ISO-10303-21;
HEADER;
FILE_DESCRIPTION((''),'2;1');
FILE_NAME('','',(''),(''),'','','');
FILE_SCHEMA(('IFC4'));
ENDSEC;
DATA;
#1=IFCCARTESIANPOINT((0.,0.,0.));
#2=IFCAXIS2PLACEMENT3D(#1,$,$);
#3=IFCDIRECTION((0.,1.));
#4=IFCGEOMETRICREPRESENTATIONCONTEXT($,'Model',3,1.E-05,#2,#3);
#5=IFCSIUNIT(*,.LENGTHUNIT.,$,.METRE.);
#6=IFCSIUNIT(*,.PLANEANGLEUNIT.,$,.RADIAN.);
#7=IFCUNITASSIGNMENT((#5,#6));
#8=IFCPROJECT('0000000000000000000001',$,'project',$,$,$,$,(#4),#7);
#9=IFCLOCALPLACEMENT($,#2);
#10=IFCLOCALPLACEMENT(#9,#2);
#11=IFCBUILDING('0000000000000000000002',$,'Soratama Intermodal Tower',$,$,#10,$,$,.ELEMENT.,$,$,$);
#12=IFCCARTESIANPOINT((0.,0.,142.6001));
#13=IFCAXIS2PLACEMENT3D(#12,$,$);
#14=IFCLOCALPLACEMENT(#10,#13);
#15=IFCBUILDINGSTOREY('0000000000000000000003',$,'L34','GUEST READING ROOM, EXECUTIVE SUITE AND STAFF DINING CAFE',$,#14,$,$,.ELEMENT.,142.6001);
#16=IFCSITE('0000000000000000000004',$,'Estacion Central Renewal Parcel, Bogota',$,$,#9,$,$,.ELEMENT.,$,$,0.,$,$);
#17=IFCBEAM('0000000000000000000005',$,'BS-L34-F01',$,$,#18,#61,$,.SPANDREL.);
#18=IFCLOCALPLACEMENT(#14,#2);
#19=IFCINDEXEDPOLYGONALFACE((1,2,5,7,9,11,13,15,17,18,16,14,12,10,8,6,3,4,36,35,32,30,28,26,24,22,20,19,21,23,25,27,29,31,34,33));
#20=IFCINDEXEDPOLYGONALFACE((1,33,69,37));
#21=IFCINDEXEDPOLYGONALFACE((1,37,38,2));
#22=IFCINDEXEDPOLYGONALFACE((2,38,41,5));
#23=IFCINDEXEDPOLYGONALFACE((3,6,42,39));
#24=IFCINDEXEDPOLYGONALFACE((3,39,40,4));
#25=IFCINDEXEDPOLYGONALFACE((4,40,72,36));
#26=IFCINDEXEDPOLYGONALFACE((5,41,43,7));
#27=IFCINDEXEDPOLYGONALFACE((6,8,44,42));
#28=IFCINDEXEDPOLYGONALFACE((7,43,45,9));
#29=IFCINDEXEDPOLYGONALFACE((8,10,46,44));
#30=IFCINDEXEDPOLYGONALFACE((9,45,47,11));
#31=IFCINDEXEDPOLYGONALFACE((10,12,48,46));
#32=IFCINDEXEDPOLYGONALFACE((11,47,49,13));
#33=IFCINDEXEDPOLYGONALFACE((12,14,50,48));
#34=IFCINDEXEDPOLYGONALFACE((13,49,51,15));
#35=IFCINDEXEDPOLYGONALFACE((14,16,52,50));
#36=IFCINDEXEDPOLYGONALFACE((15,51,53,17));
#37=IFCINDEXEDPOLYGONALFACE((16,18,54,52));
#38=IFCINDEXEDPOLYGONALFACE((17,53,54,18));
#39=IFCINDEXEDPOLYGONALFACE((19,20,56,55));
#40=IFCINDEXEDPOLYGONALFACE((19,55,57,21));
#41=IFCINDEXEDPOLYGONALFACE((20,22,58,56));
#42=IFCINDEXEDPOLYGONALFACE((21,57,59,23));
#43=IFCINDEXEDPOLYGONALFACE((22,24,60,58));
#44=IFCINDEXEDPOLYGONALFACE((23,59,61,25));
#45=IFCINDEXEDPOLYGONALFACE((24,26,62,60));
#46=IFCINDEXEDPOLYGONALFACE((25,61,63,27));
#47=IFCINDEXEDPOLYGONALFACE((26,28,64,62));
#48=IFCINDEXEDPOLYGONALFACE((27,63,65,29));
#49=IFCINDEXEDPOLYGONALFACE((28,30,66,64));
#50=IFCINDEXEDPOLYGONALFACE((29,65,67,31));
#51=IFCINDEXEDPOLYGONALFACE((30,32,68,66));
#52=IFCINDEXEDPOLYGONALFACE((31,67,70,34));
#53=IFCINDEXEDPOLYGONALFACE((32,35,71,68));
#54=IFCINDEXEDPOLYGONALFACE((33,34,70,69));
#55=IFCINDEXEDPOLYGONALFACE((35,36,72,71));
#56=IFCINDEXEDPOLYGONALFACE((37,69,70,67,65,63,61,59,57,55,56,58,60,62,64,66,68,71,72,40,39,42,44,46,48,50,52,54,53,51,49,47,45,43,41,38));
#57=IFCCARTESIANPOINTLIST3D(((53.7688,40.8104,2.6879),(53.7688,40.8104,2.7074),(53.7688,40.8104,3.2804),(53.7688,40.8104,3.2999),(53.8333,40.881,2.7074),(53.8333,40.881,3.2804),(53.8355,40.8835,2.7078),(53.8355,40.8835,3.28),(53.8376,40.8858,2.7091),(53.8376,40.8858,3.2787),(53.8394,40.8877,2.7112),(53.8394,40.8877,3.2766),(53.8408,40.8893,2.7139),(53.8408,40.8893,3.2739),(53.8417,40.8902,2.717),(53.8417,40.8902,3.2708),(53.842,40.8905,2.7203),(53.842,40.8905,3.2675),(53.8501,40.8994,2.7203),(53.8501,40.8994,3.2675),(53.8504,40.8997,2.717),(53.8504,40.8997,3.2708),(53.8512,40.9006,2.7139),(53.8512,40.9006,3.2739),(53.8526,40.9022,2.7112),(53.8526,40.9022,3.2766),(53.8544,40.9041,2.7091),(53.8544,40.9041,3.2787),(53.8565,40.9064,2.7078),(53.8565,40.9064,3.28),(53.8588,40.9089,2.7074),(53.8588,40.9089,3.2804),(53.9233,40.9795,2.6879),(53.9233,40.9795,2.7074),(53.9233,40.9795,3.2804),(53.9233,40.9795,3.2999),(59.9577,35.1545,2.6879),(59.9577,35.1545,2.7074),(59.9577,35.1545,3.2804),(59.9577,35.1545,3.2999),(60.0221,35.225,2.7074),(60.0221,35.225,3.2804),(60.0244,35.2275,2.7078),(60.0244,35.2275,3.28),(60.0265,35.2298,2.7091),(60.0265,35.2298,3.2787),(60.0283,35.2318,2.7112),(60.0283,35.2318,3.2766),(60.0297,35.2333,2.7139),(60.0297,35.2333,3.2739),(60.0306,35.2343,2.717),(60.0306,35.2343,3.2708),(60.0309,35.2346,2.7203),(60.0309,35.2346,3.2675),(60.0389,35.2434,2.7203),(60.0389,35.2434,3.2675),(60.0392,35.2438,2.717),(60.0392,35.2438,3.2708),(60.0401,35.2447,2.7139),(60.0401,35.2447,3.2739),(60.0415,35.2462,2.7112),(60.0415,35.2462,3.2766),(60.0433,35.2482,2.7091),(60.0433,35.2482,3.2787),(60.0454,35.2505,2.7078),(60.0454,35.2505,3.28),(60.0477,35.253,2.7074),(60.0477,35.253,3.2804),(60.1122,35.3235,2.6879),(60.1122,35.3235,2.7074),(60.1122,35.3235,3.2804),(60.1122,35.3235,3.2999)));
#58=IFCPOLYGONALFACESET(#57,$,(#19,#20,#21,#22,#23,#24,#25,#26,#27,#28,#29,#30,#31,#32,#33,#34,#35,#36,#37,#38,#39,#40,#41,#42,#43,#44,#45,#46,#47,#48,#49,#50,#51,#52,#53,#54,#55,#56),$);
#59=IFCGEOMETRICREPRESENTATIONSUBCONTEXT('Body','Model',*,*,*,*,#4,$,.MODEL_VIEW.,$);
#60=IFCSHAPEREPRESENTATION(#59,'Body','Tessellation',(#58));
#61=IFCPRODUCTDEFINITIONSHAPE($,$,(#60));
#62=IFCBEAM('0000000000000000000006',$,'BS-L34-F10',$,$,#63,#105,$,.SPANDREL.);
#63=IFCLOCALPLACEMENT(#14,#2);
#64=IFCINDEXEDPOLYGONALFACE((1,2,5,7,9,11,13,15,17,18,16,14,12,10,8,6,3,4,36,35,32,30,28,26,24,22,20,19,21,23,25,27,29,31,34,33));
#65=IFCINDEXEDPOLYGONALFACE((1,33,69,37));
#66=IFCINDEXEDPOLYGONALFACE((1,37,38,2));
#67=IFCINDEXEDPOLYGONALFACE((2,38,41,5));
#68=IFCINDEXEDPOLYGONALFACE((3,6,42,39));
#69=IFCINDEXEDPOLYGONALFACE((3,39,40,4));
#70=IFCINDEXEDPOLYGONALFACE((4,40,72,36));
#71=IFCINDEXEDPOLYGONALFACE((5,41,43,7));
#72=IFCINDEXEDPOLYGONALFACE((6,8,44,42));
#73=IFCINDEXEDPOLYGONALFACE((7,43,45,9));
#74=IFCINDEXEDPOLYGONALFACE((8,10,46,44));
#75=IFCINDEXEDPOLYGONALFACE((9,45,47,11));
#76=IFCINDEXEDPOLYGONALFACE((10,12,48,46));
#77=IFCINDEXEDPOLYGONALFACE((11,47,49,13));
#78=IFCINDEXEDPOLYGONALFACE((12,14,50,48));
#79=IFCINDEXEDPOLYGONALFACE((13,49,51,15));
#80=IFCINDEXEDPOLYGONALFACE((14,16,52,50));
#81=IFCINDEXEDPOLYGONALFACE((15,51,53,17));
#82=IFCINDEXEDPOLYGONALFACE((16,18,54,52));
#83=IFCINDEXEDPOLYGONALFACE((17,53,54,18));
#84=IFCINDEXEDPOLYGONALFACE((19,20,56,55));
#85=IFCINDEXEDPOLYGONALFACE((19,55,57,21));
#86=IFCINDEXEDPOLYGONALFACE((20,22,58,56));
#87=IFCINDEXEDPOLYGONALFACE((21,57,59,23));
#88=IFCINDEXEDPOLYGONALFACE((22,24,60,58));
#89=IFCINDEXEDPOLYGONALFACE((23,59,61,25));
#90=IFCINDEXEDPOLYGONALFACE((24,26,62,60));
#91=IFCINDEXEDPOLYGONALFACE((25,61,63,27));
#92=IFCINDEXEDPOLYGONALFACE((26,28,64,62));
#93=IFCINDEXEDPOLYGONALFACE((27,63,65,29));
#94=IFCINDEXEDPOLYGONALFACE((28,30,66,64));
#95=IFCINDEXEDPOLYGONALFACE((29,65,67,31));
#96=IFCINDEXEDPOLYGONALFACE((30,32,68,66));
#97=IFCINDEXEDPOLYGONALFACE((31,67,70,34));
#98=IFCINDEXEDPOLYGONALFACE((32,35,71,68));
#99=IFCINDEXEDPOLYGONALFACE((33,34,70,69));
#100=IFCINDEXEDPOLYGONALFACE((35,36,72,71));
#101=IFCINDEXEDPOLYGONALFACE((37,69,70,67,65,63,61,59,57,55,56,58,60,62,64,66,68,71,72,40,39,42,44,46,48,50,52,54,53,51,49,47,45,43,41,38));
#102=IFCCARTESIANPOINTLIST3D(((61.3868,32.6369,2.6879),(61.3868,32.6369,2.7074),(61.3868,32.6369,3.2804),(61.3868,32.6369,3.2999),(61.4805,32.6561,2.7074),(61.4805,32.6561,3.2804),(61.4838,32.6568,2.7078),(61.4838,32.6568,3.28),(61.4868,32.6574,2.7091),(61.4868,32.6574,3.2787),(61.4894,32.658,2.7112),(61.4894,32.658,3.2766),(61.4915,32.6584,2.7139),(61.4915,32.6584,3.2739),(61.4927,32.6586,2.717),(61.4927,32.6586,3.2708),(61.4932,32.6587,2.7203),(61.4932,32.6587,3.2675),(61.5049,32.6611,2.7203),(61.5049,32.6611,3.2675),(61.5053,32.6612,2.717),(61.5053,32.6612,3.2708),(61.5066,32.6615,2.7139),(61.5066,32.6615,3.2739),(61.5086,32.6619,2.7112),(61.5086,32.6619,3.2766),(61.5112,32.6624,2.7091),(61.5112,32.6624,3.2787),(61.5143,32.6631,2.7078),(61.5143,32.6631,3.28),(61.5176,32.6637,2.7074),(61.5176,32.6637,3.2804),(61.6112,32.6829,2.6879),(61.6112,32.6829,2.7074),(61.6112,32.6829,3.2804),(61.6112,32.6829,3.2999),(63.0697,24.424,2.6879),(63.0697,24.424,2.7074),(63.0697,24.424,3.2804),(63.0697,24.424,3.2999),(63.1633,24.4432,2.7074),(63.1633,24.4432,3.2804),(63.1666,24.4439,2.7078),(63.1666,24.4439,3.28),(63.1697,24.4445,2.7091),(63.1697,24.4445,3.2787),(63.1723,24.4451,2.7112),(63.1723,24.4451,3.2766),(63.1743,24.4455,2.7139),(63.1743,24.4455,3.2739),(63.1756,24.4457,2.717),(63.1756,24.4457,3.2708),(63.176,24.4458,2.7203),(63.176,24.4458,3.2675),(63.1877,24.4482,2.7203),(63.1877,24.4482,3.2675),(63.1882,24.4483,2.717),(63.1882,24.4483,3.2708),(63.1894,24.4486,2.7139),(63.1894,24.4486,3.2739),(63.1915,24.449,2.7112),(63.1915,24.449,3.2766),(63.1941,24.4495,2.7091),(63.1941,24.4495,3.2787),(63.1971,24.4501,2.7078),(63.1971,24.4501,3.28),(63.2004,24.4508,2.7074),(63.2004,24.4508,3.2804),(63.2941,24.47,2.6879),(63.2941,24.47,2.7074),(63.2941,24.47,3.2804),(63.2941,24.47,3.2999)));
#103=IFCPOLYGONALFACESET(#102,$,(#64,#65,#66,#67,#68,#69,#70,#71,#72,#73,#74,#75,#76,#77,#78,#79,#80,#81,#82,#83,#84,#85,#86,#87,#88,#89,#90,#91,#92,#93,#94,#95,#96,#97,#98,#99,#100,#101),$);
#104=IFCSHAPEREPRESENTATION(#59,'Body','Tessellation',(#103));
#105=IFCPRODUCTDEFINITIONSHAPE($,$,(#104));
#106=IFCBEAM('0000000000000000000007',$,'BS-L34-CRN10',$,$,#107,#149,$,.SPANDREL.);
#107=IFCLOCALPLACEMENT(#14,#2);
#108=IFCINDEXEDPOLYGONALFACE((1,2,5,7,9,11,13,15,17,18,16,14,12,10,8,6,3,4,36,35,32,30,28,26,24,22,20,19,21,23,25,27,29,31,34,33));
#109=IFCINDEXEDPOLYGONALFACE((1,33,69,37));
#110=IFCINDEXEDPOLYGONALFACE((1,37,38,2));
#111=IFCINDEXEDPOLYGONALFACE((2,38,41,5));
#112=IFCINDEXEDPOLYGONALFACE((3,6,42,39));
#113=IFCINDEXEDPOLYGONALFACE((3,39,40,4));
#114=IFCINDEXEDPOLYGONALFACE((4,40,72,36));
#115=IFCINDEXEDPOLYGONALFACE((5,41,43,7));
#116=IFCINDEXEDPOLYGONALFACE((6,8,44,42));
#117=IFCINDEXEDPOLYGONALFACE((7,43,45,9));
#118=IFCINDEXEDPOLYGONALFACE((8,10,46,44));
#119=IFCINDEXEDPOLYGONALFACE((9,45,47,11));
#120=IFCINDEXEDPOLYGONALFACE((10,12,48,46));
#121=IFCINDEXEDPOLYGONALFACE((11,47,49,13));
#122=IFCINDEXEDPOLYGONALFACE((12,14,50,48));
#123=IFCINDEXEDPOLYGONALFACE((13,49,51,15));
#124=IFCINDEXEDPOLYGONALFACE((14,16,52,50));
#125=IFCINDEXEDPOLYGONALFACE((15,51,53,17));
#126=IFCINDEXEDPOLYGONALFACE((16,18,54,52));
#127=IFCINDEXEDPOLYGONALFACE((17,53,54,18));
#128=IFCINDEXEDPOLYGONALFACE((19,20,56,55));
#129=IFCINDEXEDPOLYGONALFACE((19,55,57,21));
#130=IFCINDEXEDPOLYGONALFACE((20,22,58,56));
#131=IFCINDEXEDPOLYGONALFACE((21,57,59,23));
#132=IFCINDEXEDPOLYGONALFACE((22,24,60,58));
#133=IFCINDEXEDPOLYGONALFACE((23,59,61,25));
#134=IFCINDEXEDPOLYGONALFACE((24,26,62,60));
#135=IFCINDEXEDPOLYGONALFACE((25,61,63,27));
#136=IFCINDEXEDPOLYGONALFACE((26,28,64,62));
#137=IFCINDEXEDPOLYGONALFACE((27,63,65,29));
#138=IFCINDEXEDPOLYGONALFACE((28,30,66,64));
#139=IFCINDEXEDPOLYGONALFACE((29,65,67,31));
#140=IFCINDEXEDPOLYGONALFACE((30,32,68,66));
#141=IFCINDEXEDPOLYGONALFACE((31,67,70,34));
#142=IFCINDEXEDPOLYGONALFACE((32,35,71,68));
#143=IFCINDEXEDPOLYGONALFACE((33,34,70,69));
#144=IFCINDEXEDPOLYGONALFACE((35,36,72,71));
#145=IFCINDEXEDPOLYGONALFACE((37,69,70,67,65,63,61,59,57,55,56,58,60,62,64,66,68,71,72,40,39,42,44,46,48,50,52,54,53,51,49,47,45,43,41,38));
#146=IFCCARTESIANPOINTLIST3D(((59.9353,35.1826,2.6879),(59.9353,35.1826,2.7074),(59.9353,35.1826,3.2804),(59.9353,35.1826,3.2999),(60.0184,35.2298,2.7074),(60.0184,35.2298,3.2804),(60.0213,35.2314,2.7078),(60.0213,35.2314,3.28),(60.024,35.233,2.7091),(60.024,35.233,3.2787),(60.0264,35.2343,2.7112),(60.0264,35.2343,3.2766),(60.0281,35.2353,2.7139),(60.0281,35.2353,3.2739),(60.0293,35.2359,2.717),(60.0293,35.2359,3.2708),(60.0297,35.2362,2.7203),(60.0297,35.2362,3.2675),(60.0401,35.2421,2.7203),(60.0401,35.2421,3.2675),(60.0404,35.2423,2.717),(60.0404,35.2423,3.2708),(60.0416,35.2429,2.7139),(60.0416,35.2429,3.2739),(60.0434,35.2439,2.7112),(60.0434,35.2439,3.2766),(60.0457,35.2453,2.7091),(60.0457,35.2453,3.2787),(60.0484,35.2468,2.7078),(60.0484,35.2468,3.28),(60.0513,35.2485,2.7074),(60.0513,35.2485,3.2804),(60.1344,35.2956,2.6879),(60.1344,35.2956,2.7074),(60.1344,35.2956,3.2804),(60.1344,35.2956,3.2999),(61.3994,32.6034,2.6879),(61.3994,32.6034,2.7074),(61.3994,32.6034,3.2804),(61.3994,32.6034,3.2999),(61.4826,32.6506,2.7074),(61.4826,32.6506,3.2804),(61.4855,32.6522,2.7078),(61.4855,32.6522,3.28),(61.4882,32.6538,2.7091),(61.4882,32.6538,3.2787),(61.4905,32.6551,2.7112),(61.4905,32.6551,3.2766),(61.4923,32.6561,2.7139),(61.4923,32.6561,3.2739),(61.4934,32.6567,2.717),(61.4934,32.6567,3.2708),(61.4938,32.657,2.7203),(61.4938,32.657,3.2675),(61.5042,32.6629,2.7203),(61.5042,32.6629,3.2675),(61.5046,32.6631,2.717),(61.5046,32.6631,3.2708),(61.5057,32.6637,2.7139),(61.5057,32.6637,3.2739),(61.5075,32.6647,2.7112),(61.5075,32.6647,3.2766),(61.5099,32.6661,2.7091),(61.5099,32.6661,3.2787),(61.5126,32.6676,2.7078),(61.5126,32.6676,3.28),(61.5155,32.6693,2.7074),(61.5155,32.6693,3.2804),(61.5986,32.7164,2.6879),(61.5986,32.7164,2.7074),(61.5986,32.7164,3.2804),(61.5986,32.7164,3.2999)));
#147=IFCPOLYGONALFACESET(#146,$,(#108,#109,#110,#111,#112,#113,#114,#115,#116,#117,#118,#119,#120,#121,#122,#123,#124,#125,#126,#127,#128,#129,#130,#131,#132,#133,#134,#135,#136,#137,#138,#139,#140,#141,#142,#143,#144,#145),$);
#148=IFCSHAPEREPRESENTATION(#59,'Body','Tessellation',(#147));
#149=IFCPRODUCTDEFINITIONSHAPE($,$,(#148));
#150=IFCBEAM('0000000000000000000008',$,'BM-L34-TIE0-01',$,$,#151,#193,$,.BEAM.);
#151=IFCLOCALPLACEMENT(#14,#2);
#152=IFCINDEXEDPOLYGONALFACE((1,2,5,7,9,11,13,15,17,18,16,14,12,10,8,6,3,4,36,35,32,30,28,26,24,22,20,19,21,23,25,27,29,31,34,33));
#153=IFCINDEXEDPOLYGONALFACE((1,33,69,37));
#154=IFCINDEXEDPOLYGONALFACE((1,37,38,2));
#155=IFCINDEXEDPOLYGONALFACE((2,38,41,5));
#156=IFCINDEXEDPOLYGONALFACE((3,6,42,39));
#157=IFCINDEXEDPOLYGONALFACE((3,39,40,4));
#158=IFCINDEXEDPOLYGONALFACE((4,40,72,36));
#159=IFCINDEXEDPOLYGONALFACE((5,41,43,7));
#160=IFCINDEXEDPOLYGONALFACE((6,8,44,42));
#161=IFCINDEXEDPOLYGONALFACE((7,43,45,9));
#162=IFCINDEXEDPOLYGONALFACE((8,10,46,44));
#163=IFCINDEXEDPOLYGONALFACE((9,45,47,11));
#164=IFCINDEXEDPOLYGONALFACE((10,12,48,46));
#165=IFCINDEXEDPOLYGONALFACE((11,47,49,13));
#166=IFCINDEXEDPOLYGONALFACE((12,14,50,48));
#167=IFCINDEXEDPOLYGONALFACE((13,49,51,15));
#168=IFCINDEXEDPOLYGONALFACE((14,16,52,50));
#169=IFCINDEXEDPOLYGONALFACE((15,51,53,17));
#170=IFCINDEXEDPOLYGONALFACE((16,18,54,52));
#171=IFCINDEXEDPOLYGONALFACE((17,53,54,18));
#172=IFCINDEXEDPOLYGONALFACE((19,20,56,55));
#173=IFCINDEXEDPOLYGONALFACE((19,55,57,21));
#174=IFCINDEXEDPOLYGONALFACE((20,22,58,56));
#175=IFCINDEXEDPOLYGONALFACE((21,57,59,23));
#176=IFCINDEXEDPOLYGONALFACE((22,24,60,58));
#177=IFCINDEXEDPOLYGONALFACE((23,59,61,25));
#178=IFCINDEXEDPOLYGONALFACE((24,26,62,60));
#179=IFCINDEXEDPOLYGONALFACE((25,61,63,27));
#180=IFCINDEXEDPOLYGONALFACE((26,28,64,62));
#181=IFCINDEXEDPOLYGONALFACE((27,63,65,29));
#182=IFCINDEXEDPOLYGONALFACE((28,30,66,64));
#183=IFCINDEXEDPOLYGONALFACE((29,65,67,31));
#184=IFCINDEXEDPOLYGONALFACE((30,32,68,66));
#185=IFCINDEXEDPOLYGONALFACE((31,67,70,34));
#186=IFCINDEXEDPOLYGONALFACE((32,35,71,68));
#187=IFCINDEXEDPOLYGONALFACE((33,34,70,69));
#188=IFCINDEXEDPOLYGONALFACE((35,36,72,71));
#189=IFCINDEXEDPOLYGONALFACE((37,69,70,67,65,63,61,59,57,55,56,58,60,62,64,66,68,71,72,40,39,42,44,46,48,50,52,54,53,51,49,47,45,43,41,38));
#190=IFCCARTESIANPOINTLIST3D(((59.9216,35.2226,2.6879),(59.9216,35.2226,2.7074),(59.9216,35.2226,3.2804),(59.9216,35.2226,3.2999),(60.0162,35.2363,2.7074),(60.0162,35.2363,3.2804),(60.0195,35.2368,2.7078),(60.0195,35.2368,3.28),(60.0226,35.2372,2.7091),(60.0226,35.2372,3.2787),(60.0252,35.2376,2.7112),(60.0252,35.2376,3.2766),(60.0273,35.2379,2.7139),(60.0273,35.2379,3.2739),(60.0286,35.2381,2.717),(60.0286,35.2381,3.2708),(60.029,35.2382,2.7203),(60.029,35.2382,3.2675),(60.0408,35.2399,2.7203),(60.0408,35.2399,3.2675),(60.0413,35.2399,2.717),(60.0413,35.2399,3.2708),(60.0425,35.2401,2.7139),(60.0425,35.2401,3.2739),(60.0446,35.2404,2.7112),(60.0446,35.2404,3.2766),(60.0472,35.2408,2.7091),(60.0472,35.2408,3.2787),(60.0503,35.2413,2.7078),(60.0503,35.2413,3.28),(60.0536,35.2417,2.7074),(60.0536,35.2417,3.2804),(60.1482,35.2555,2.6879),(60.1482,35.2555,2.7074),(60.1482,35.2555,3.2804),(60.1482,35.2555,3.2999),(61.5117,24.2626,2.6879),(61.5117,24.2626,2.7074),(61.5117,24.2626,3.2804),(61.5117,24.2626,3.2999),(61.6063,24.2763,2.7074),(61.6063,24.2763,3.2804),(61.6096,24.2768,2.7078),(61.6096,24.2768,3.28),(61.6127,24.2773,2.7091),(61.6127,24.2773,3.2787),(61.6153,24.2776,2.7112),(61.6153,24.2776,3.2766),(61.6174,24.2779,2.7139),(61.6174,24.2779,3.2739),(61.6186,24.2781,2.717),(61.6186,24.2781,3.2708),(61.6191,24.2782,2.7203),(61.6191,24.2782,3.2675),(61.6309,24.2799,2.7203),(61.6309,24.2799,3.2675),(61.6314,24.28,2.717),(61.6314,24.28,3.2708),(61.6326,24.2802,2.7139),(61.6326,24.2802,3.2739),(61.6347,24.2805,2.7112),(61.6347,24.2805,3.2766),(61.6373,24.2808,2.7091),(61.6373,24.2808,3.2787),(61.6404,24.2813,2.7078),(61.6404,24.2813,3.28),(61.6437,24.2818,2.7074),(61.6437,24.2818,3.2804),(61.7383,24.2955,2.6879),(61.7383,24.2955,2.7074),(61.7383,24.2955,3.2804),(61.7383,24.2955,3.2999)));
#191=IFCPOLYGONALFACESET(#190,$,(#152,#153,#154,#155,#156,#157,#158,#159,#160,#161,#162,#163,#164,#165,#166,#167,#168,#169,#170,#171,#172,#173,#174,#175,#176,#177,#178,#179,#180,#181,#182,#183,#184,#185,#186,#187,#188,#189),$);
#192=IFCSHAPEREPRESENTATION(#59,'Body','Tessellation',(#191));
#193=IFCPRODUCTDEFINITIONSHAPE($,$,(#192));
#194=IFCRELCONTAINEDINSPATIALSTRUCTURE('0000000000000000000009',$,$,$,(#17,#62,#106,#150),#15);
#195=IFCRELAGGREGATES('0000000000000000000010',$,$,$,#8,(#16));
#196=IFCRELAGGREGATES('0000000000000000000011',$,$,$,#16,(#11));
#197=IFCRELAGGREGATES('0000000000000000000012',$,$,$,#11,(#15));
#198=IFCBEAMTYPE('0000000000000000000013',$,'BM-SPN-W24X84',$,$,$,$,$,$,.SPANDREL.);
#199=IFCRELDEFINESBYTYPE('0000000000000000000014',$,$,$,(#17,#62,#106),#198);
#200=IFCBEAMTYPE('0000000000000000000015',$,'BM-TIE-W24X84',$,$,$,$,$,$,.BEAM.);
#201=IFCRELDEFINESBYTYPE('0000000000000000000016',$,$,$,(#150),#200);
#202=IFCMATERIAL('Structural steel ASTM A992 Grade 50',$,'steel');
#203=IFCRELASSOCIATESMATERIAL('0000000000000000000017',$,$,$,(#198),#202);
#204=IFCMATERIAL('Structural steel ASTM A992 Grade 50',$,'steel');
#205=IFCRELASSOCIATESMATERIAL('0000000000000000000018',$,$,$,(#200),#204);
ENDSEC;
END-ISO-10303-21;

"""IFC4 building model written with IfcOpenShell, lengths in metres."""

from ifc_helpers import new_model, si_unit, direction, frame, origin, origin_2d, place, context, subcontext, project, spatial, i_section, extrude, material, material_profile, profile_set, type_object, element, save


model = new_model("IFC4")

# Units and contexts
model_context = context("Model", 3, precision=1e-05, world=origin(), true_north=direction((0.0, 1.0)))
body_context = subcontext(model_context, "Body", "Model", "MODEL_VIEW")
ifc_project = project(units=[si_unit("LENGTHUNIT", "METRE"), si_unit("PLANEANGLEUNIT", "RADIAN")], contexts=[model_context])

# Site, building, storey
site_placement = place(None, origin())
site = spatial("IfcSite", under=ifc_project, at=site_placement, Name="Estacion Central Renewal Parcel, Bogota", CompositionType="ELEMENT", RefElevation=0.0)
building_placement = place(site_placement, origin())
building = spatial("IfcBuilding", under=site, at=building_placement, Name="Soratama Intermodal Tower", CompositionType="ELEMENT")
storey_placement = place(building_placement, frame((0.0, 0.0, 142.6001)))
storey = spatial("IfcBuildingStorey", under=building, at=storey_placement, Name="L34", Description="GUEST READING ROOM, EXECUTIVE SUITE AND STAFF DINING CAFE", CompositionType="ELEMENT", Elevation=142.6001)

# Beams
ifc_material_1 = material(Name="Structural steel ASTM A992 Grade 50", Category="steel")
ifc_material_profile_1 = material_profile(ifc_material_1, i_section(OverallWidth=0.229, OverallDepth=0.6121, WebThickness=0.012, FlangeThickness=0.0195, FilletRadius=0.0129, at=origin_2d()), Name="W24X84")
ifc_profile_set_1 = profile_set([ifc_material_profile_1], Name="Structural steel ASTM A992 Grade 50")
beam_type_1 = type_object("IfcBeamType", Name="BM-SPN-W24X84", PredefinedType="SPANDREL", material=ifc_profile_set_1)
beam_1_placement = place(storey_placement, frame((60.0349, 35.239, 2.9939), z_axis=(-0.738176, 0.674608, 0.0), x_axis=(-0.674608, -0.738176, 0.0)))
element("IfcBeam", 1, at=beam_1_placement, inside=storey, type_object=beam_type_1, Name="BS-L34-F01", PredefinedType="SPANDREL", context=body_context, shape_type="SweptSolid", body=[
    extrude(i_section(OverallWidth=0.229, OverallDepth=0.6121, WebThickness=0.012, FlangeThickness=0.0195, FilletRadius=0.0129, at=origin_2d()), origin(), (0.0, 0.0, 1.0), 8.384),
])
beam_2_placement = place(storey_placement, frame((63.1819, 24.447, 2.9939), z_axis=(-0.200734, 0.979646, 0.0), x_axis=(-0.979646, -0.200734, 0.0)))
element("IfcBeam", 2, at=beam_2_placement, inside=storey, type_object=beam_type_1, Name="BS-L34-F10", PredefinedType="SPANDREL", context=body_context, shape_type="SweptSolid", body=[
    extrude(i_section(OverallWidth=0.229, OverallDepth=0.6121, WebThickness=0.012, FlangeThickness=0.0195, FilletRadius=0.0129, at=origin_2d()), origin(), (0.0, 0.0, 1.0), 8.3835),
])
beam_3_placement = place(storey_placement, frame((61.499, 32.6599, 2.9939), z_axis=(-0.493681, 0.869643, 0.0), x_axis=(-0.869643, -0.493681, 0.0)))
element("IfcBeam", 3, at=beam_3_placement, inside=storey, type_object=beam_type_1, Name="BS-L34-CRN10", PredefinedType="SPANDREL", context=body_context, shape_type="SweptSolid", body=[
    extrude(i_section(OverallWidth=0.229, OverallDepth=0.6121, WebThickness=0.012, FlangeThickness=0.0195, FilletRadius=0.0129, at=origin_2d()), origin(), (0.0, 0.0, 1.0), 2.9658),
])
ifc_material_2 = material(Name="Structural steel ASTM A992 Grade 50", Category="steel")
ifc_material_profile_2 = material_profile(ifc_material_2, i_section(OverallWidth=0.229, OverallDepth=0.6121, WebThickness=0.012, FlangeThickness=0.0195, FilletRadius=0.0129, at=origin_2d()), Name="W24X84")
ifc_profile_set_2 = profile_set([ifc_material_profile_2], Name="Structural steel ASTM A992 Grade 50")
beam_type_2 = type_object("IfcBeamType", Name="BM-TIE-W24X84", PredefinedType="BEAM", material=ifc_profile_set_2)
beam_4_placement = place(storey_placement, frame((61.625, 24.2791, 2.9939), z_axis=(-0.143578, 0.989639, 0.0), x_axis=(-0.989639, -0.143578, 0.0)))
element("IfcBeam", 4, at=beam_4_placement, inside=storey, type_object=beam_type_2, Name="BM-L34-TIE0-01", PredefinedType="BEAM", context=body_context, shape_type="SweptSolid", body=[
    extrude(i_section(OverallWidth=0.229, OverallDepth=0.6121, WebThickness=0.012, FlangeThickness=0.0195, FilletRadius=0.0129, at=origin_2d()), origin(), (0.0, 0.0, 1.0), 11.0747),
])

save(model, "model.ifc")
